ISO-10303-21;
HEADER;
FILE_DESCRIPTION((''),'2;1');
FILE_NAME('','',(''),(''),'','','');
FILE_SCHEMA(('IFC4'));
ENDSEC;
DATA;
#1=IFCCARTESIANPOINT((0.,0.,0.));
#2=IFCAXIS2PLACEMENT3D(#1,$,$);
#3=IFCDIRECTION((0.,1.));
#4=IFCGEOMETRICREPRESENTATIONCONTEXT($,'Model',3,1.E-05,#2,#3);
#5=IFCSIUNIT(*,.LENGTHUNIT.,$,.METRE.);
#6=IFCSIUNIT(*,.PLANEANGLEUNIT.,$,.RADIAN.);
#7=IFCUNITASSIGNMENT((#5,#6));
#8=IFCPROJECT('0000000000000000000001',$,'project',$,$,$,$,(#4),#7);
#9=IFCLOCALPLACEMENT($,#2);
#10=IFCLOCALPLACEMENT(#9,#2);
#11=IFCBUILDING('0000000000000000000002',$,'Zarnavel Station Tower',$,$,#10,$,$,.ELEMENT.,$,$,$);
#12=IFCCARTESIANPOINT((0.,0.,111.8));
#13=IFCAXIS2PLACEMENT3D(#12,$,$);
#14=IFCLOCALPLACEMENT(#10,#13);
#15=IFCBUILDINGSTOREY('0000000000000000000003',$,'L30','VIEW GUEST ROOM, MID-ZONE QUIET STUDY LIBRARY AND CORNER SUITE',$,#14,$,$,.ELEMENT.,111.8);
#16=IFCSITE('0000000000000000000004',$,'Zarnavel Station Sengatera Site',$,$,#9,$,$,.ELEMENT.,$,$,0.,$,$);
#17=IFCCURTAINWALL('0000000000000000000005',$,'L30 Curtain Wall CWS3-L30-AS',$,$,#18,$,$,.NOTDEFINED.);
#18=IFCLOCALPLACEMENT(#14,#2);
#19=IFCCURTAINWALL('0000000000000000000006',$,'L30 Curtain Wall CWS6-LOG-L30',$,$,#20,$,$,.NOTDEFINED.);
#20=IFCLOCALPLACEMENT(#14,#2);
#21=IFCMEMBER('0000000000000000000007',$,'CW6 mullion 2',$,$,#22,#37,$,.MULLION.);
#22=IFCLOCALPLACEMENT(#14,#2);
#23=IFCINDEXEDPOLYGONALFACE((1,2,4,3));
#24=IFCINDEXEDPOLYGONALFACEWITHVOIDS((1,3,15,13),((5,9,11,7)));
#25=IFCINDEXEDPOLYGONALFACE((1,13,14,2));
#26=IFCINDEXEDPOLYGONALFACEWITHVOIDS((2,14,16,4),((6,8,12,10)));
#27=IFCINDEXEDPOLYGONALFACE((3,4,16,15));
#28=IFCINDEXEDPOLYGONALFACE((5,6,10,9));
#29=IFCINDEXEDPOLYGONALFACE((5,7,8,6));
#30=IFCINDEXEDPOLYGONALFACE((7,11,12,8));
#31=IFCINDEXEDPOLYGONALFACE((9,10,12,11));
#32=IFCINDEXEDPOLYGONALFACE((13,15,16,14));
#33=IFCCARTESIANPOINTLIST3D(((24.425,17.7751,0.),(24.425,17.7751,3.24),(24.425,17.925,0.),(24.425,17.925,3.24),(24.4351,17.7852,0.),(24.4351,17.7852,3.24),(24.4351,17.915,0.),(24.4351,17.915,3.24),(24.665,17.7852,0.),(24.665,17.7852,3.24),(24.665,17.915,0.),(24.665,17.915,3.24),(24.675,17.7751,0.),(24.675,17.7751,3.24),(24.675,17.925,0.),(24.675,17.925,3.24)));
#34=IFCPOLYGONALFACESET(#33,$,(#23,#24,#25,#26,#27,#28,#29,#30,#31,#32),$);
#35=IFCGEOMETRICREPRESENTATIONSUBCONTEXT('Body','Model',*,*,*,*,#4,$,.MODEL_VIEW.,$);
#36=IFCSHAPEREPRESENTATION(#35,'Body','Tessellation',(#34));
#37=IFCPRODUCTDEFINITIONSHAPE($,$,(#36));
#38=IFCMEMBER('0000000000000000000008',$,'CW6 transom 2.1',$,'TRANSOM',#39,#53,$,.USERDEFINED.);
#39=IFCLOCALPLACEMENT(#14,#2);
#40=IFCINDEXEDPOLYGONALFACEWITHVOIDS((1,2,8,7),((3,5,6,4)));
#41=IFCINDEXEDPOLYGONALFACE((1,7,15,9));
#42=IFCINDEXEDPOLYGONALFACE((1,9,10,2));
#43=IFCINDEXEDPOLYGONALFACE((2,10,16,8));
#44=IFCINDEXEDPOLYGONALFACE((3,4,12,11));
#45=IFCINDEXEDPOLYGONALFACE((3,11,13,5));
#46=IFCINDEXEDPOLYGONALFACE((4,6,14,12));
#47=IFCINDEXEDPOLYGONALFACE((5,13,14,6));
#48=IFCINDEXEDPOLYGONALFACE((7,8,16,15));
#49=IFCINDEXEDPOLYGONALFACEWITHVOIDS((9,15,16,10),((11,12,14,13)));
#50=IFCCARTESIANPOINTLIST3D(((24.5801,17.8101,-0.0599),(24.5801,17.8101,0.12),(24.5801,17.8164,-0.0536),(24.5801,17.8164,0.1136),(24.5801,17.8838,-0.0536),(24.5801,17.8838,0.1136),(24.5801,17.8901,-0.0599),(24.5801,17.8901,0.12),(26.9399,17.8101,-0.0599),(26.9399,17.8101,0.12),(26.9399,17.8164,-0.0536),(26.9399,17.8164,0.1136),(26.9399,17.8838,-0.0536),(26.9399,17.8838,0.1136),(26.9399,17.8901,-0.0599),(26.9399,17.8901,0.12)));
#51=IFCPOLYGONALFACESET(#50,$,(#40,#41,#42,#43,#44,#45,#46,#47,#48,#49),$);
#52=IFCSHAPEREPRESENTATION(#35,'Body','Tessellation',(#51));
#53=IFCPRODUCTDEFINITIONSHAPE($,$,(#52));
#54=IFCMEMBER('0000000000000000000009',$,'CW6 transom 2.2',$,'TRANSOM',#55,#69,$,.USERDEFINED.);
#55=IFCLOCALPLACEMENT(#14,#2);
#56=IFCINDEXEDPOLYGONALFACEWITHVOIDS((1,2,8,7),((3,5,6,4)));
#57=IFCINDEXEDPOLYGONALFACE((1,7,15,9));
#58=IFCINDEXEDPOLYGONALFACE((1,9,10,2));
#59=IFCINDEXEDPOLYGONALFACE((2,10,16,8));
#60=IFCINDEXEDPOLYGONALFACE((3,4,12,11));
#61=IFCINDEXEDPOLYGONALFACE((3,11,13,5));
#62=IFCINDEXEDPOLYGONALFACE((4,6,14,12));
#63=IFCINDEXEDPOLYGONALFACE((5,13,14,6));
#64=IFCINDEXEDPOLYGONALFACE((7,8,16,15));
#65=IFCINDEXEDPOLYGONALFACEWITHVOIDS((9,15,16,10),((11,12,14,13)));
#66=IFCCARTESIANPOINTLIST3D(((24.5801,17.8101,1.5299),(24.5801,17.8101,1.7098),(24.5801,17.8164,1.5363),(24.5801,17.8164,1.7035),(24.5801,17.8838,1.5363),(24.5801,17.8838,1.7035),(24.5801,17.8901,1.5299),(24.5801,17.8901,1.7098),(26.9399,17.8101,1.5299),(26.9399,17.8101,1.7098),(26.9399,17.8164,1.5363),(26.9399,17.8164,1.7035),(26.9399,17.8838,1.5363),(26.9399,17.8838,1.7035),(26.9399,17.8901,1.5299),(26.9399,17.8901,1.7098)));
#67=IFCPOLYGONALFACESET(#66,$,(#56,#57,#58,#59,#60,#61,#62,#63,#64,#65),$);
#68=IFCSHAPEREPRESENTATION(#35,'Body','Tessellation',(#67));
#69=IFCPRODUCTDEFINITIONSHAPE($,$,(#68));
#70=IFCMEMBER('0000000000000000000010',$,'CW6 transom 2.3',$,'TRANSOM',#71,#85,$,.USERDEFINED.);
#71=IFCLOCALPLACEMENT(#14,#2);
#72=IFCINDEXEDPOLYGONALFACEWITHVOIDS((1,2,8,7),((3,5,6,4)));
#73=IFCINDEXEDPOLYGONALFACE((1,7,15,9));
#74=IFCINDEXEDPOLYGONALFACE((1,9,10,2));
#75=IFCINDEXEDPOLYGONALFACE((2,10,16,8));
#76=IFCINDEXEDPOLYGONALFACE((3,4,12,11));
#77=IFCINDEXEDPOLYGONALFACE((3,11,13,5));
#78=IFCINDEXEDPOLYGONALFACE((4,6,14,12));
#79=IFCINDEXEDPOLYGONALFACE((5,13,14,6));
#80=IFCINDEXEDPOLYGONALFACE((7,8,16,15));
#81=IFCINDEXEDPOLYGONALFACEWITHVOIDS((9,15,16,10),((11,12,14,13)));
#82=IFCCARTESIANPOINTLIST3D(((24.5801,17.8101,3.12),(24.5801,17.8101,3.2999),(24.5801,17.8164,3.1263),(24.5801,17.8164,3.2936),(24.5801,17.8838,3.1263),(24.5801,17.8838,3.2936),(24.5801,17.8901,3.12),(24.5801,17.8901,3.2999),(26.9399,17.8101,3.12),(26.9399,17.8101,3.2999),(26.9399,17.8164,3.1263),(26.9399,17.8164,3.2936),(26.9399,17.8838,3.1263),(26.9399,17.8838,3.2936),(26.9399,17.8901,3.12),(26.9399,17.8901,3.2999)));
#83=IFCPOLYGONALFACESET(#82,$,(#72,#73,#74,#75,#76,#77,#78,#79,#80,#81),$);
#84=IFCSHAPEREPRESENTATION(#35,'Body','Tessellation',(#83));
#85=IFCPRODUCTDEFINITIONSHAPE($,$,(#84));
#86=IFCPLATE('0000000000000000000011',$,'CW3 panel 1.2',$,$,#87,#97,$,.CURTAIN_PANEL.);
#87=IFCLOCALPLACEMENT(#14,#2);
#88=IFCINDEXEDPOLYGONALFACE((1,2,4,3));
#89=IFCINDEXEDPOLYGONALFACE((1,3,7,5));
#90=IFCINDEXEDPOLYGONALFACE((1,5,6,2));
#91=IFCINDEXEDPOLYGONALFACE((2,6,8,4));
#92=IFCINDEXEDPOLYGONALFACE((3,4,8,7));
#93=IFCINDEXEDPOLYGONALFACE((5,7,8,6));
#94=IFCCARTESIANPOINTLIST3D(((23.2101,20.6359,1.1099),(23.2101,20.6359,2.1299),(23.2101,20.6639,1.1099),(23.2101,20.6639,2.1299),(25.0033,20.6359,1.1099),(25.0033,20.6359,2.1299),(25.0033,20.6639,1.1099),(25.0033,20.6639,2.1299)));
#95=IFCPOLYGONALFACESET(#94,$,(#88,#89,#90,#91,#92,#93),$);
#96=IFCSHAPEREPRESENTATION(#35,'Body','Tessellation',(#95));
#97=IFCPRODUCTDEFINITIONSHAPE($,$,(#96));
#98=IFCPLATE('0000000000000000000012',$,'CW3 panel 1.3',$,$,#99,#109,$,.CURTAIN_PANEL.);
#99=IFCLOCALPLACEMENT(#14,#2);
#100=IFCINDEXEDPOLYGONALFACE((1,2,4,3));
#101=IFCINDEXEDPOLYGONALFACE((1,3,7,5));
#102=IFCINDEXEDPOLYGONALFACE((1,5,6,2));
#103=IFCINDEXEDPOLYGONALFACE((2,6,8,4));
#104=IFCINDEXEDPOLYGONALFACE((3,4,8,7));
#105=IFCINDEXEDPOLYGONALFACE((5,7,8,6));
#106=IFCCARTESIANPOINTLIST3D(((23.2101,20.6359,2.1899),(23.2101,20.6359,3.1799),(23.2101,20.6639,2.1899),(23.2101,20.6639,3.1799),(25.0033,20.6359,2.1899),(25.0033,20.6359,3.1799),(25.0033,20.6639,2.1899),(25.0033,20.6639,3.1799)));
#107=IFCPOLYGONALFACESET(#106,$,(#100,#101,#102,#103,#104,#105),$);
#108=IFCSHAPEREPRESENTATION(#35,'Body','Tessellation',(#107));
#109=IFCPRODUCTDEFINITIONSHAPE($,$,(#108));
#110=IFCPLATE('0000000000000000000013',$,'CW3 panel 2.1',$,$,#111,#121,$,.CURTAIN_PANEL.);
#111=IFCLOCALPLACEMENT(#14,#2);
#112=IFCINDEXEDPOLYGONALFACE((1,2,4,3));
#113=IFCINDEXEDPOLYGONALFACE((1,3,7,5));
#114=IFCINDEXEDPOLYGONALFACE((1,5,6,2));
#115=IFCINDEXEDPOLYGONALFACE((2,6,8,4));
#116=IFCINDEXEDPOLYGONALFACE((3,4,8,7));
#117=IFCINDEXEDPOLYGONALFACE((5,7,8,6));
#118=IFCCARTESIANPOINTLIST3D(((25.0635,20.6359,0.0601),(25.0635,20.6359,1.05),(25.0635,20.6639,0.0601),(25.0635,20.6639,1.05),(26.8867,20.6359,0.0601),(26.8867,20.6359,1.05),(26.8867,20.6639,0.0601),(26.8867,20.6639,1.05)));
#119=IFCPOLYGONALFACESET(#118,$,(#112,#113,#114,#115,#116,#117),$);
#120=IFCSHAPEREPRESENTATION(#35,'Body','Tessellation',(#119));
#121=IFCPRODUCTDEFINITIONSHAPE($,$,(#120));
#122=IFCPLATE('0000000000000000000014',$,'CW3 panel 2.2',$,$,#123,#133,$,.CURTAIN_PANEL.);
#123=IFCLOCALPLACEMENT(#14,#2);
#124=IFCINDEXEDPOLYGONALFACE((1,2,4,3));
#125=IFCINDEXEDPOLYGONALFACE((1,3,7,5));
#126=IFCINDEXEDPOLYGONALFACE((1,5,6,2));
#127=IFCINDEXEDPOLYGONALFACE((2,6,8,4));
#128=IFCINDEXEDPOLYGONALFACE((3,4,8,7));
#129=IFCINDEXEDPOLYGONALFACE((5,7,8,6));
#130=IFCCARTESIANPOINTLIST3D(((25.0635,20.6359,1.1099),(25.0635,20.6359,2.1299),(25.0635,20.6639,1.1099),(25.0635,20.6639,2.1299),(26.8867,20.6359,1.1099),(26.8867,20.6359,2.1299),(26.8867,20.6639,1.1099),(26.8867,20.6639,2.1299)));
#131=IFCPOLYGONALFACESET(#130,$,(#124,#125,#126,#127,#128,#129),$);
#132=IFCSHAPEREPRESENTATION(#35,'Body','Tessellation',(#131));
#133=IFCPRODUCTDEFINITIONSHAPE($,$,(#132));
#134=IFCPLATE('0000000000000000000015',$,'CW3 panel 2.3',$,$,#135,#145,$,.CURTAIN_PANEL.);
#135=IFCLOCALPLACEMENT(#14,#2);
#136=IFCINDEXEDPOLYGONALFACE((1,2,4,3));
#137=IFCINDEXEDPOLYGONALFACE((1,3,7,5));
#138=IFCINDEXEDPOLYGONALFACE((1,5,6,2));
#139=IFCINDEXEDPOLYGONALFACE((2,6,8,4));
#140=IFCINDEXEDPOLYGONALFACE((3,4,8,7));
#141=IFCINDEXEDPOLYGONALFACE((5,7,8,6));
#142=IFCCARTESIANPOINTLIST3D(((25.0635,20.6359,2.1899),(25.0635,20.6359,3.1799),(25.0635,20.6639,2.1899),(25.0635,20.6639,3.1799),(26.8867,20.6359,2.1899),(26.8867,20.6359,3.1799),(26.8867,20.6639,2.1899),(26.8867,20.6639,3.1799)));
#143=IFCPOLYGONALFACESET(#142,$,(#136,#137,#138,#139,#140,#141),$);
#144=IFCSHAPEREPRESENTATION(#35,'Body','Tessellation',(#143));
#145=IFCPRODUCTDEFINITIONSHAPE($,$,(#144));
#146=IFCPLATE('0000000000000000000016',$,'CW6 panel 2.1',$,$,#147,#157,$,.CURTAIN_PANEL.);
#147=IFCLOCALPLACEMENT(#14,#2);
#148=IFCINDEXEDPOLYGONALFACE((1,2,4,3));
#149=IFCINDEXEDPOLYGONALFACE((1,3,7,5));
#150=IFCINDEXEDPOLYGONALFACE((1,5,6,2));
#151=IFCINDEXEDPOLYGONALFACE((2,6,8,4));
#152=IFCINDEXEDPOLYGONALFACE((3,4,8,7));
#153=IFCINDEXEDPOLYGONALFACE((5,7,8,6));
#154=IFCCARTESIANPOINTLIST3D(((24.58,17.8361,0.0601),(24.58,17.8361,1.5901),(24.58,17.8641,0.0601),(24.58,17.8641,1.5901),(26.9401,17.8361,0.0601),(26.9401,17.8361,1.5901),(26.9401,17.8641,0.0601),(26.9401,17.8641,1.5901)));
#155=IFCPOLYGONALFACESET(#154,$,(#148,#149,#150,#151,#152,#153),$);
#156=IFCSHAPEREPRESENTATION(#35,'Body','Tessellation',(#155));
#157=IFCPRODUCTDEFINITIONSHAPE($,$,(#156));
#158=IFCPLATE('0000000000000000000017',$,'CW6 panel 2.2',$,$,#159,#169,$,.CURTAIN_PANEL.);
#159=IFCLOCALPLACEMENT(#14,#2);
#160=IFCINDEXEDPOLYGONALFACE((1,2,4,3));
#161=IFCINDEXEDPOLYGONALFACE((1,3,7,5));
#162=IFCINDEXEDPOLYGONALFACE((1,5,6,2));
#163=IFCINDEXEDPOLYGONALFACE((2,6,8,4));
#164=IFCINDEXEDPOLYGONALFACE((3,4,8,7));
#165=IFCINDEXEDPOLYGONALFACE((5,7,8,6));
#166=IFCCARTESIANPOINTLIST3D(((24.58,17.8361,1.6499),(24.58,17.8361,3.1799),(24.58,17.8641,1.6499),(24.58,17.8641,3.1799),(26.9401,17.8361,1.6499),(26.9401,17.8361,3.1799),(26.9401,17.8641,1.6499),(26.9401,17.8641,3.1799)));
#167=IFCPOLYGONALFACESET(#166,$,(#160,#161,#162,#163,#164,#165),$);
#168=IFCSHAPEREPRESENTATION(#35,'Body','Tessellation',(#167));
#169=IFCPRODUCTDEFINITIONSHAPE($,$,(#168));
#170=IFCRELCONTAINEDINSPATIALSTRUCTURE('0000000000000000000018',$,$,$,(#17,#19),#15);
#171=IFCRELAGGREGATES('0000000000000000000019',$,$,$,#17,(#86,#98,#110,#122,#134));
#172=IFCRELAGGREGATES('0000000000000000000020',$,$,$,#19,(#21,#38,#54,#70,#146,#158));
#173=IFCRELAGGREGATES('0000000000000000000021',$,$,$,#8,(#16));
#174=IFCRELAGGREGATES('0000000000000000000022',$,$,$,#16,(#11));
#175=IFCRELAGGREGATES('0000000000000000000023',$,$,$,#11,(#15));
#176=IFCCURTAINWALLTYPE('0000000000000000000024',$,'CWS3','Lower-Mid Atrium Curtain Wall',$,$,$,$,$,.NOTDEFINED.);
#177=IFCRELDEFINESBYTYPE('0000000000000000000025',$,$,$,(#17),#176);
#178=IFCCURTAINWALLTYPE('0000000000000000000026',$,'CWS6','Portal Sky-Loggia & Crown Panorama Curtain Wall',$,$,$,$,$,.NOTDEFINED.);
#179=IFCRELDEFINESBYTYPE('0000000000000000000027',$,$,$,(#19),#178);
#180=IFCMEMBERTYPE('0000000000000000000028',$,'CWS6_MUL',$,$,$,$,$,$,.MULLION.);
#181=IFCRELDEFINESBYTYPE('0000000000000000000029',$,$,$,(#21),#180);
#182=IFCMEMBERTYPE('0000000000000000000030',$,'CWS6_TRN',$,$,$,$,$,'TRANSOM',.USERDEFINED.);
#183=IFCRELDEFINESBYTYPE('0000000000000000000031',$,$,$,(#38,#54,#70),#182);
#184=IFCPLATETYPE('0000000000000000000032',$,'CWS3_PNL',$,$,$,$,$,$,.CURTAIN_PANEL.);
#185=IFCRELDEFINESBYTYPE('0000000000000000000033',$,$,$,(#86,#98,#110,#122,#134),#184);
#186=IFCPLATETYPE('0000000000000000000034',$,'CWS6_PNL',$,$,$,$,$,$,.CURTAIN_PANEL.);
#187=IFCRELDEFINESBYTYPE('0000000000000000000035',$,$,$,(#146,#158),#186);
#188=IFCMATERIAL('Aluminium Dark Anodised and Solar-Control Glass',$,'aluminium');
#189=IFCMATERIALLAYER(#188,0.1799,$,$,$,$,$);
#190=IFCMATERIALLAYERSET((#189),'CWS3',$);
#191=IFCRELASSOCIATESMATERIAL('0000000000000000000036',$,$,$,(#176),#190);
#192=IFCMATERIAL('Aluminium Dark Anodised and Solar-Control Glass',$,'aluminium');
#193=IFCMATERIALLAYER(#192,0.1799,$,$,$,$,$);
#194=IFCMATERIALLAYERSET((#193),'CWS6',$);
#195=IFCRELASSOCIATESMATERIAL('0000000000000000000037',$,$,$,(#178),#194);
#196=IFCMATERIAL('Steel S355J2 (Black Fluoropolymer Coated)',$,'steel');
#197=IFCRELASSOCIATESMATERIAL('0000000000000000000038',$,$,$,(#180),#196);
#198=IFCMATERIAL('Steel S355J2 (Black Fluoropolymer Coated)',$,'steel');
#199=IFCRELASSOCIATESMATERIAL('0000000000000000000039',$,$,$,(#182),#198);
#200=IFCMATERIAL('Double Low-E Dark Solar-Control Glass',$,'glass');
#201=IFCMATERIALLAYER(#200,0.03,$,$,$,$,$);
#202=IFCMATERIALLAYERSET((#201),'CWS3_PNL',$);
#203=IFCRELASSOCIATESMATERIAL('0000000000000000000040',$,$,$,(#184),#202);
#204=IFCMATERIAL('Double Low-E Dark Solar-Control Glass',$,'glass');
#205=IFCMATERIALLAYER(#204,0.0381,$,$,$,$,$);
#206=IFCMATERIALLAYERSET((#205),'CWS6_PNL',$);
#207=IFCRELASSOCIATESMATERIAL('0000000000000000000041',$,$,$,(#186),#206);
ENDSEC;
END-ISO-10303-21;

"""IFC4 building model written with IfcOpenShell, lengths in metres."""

from ifc_helpers import new_model, si_unit, direction, frame, origin, origin_2d, place, context, subcontext, project, spatial, rectangle, hollow_rectangle, extrude, material, layer, layer_set, material_profile, profile_set, type_object, element, aggregate, save


model = new_model("IFC4")

# Units and contexts
model_context = context("Model", 3, precision=1e-05, world=origin(), true_north=direction((0.0, 1.0)))
body_context = subcontext(model_context, "Body", "Model", "MODEL_VIEW")
ifc_project = project(units=[si_unit("LENGTHUNIT", "METRE"), si_unit("PLANEANGLEUNIT", "RADIAN")], contexts=[model_context])

# Site, building, storey
site_placement = place(None, origin())
site = spatial("IfcSite", under=ifc_project, at=site_placement, Name="Zarnavel Station Sengatera Site", CompositionType="ELEMENT", RefElevation=0.0)
building_placement = place(site_placement, origin())
building = spatial("IfcBuilding", under=site, at=building_placement, Name="Zarnavel Station Tower", CompositionType="ELEMENT")
storey_placement = place(building_placement, frame((0.0, 0.0, 111.8)))
storey = spatial("IfcBuildingStorey", under=building, at=storey_placement, Name="L30", Description="VIEW GUEST ROOM, MID-ZONE QUIET STUDY LIBRARY AND CORNER SUITE", CompositionType="ELEMENT", Elevation=111.8)

# Curtain walls, members
ifc_material_1 = material(Name="Aluminium Dark Anodised and Solar-Control Glass", Category="aluminium")
ifc_layer_1 = layer(ifc_material_1, 0.1799)
ifc_layer_set_1 = layer_set([ifc_layer_1], Name="CWS3")
curtain_wall_type_1 = type_object("IfcCurtainWallType", Name="CWS3", Description="Lower-Mid Atrium Curtain Wall", PredefinedType="NOTDEFINED", material=ifc_layer_set_1)
curtain_wall_1_placement = place(storey_placement, origin())
curtain_wall_1 = element("IfcCurtainWall", 1, at=curtain_wall_1_placement, inside=storey, type_object=curtain_wall_type_1, Name="L30 Curtain Wall CWS3-L30-AS", PredefinedType="NOTDEFINED")
ifc_material_2 = material(Name="Aluminium Dark Anodised and Solar-Control Glass", Category="aluminium")
ifc_layer_2 = layer(ifc_material_2, 0.1799)
ifc_layer_set_2 = layer_set([ifc_layer_2], Name="CWS6")
curtain_wall_type_2 = type_object("IfcCurtainWallType", Name="CWS6", Description="Portal Sky-Loggia & Crown Panorama Curtain Wall", PredefinedType="NOTDEFINED", material=ifc_layer_set_2)
curtain_wall_2_placement = place(storey_placement, origin())
curtain_wall_2 = element("IfcCurtainWall", 2, at=curtain_wall_2_placement, inside=storey, type_object=curtain_wall_type_2, Name="L30 Curtain Wall CWS6-LOG-L30", PredefinedType="NOTDEFINED")
ifc_material_3 = material(Name="Steel S355J2 (Black Fluoropolymer Coated)", Category="steel")
ifc_material_profile_1 = material_profile(ifc_material_3, hollow_rectangle(XDim=0.1499, YDim=0.25, WallThickness=0.01, at=origin_2d()), Name="RHS250x150x10")
ifc_profile_set_1 = profile_set([ifc_material_profile_1], Name="Steel S355J2 (Black Fluoropolymer Coated)")
member_type_1 = type_object("IfcMemberType", Name="CWS6_MUL", PredefinedType="MULLION", material=ifc_profile_set_1)
member_1_placement = place(storey_placement, frame((24.55, 17.8501, 0.0), z_axis=(0.0, 0.0, 1.0), x_axis=(0.0, 1.0, 0.0)))
member_1 = element("IfcMember", 3, at=member_1_placement, type_object=member_type_1, Name="CW6 mullion 2", PredefinedType="MULLION", context=body_context, shape_type="SweptSolid", body=[
    extrude(hollow_rectangle(XDim=0.1499, YDim=0.25, WallThickness=0.01, at=origin_2d()), origin(), (0.0, 0.0, 1.0), 3.24),
])
ifc_material_4 = material(Name="Steel S355J2 (Black Fluoropolymer Coated)", Category="steel")
ifc_material_profile_2 = material_profile(ifc_material_4, hollow_rectangle(XDim=0.0801, YDim=0.1799, WallThickness=0.0063, at=origin_2d()), Name="RHS180x80x6.3")
ifc_profile_set_2 = profile_set([ifc_material_profile_2], Name="Steel S355J2 (Black Fluoropolymer Coated)")
member_type_2 = type_object("IfcMemberType", Name="CWS6_TRN", ElementType="TRANSOM", PredefinedType="USERDEFINED", material=ifc_profile_set_2)
member_2_placement = place(storey_placement, frame((24.5801, 17.8501, 0.03), z_axis=(1.0, 0.0, 0.0), x_axis=(0.0, 1.0, 0.0)))
member_2 = element("IfcMember", 4, at=member_2_placement, type_object=member_type_2, Name="CW6 transom 2.1", ObjectType="TRANSOM", PredefinedType="USERDEFINED", context=body_context, shape_type="SweptSolid", body=[
    extrude(hollow_rectangle(XDim=0.0801, YDim=0.1799, WallThickness=0.0063, at=origin_2d()), origin(), (0.0, 0.0, 1.0), 2.3599),
])
member_3_placement = place(storey_placement, frame((24.5801, 17.8501, 1.6199), z_axis=(1.0, 0.0, 0.0), x_axis=(0.0, 1.0, 0.0)))
member_3 = element("IfcMember", 5, at=member_3_placement, type_object=member_type_2, Name="CW6 transom 2.2", ObjectType="TRANSOM", PredefinedType="USERDEFINED", context=body_context, shape_type="SweptSolid", body=[
    extrude(hollow_rectangle(XDim=0.0801, YDim=0.1799, WallThickness=0.0063, at=origin_2d()), origin(), (0.0, 0.0, 1.0), 2.3599),
])
member_4_placement = place(storey_placement, frame((24.5801, 17.8501, 3.21), z_axis=(1.0, 0.0, 0.0), x_axis=(0.0, 1.0, 0.0)))
member_4 = element("IfcMember", 6, at=member_4_placement, type_object=member_type_2, Name="CW6 transom 2.3", ObjectType="TRANSOM", PredefinedType="USERDEFINED", context=body_context, shape_type="SweptSolid", body=[
    extrude(hollow_rectangle(XDim=0.0801, YDim=0.1799, WallThickness=0.0063, at=origin_2d()), origin(), (0.0, 0.0, 1.0), 2.3599),
])

# Plates
ifc_material_5 = material(Name="Double Low-E Dark Solar-Control Glass", Category="glass")
ifc_layer_3 = layer(ifc_material_5, 0.03)
ifc_layer_set_3 = layer_set([ifc_layer_3], Name="CWS3_PNL")
plate_type_1 = type_object("IfcPlateType", Name="CWS3_PNL", PredefinedType="CURTAIN_PANEL", material=ifc_layer_set_3)
plate_1_placement = place(storey_placement, frame((24.1067, 20.6499, 1.1099), z_axis=(0.0, 0.0, 1.0), x_axis=(1.0, 0.0, 0.0)))
plate_1 = element("IfcPlate", 7, at=plate_1_placement, type_object=plate_type_1, Name="CW3 panel 1.2", PredefinedType="CURTAIN_PANEL", context=body_context, shape_type="SweptSolid", body=[
    extrude(rectangle(XDim=1.7932, YDim=0.0281, at=origin_2d()), origin(), (0.0, 0.0, 1.0), 1.02),
])
plate_2_placement = place(storey_placement, frame((24.1067, 20.6499, 2.1899), z_axis=(0.0, 0.0, 1.0), x_axis=(1.0, 0.0, 0.0)))
plate_2 = element("IfcPlate", 8, at=plate_2_placement, type_object=plate_type_1, Name="CW3 panel 1.3", PredefinedType="CURTAIN_PANEL", context=body_context, shape_type="SweptSolid", body=[
    extrude(rectangle(XDim=1.7932, YDim=0.0281, at=origin_2d()), origin(), (0.0, 0.0, 1.0), 0.99),
])
plate_3_placement = place(storey_placement, frame((25.9751, 20.6499, 0.0601), z_axis=(0.0, 0.0, 1.0), x_axis=(1.0, 0.0, 0.0)))
plate_3 = element("IfcPlate", 9, at=plate_3_placement, type_object=plate_type_1, Name="CW3 panel 2.1", PredefinedType="CURTAIN_PANEL", context=body_context, shape_type="SweptSolid", body=[
    extrude(rectangle(XDim=1.8232, YDim=0.0281, at=origin_2d()), origin(), (0.0, 0.0, 1.0), 0.99),
])
plate_4_placement = place(storey_placement, frame((25.9751, 20.6499, 1.1099), z_axis=(0.0, 0.0, 1.0), x_axis=(1.0, 0.0, 0.0)))
plate_4 = element("IfcPlate", 10, at=plate_4_placement, type_object=plate_type_1, Name="CW3 panel 2.2", PredefinedType="CURTAIN_PANEL", context=body_context, shape_type="SweptSolid", body=[
    extrude(rectangle(XDim=1.8232, YDim=0.0281, at=origin_2d()), origin(), (0.0, 0.0, 1.0), 1.02),
])
plate_5_placement = place(storey_placement, frame((25.9751, 20.6499, 2.1899), z_axis=(0.0, 0.0, 1.0), x_axis=(1.0, 0.0, 0.0)))
plate_5 = element("IfcPlate", 11, at=plate_5_placement, type_object=plate_type_1, Name="CW3 panel 2.3", PredefinedType="CURTAIN_PANEL", context=body_context, shape_type="SweptSolid", body=[
    extrude(rectangle(XDim=1.8232, YDim=0.0281, at=origin_2d()), origin(), (0.0, 0.0, 1.0), 0.99),
])
aggregate(curtain_wall_1, [plate_1, plate_2, plate_3, plate_4, plate_5])
ifc_material_6 = material(Name="Double Low-E Dark Solar-Control Glass", Category="glass")
ifc_layer_4 = layer(ifc_material_6, 0.0381)
ifc_layer_set_4 = layer_set([ifc_layer_4], Name="CWS6_PNL")
plate_type_2 = type_object("IfcPlateType", Name="CWS6_PNL", PredefinedType="CURTAIN_PANEL", material=ifc_layer_set_4)
plate_6_placement = place(storey_placement, frame((25.76, 17.8501, 0.0601), z_axis=(0.0, 0.0, 1.0), x_axis=(1.0, 0.0, 0.0)))
plate_6 = element("IfcPlate", 12, at=plate_6_placement, type_object=plate_type_2, Name="CW6 panel 2.1", PredefinedType="CURTAIN_PANEL", context=body_context, shape_type="SweptSolid", body=[
    extrude(rectangle(XDim=2.3601, YDim=0.0281, at=origin_2d()), origin(), (0.0, 0.0, 1.0), 1.53),
])
plate_7_placement = place(storey_placement, frame((25.76, 17.8501, 1.6499), z_axis=(0.0, 0.0, 1.0), x_axis=(1.0, 0.0, 0.0)))
plate_7 = element("IfcPlate", 13, at=plate_7_placement, type_object=plate_type_2, Name="CW6 panel 2.2", PredefinedType="CURTAIN_PANEL", context=body_context, shape_type="SweptSolid", body=[
    extrude(rectangle(XDim=2.3601, YDim=0.0281, at=origin_2d()), origin(), (0.0, 0.0, 1.0), 1.53),
])
aggregate(curtain_wall_2, [member_1, member_2, member_3, member_4, plate_6, plate_7])

save(model, "model.ifc")
